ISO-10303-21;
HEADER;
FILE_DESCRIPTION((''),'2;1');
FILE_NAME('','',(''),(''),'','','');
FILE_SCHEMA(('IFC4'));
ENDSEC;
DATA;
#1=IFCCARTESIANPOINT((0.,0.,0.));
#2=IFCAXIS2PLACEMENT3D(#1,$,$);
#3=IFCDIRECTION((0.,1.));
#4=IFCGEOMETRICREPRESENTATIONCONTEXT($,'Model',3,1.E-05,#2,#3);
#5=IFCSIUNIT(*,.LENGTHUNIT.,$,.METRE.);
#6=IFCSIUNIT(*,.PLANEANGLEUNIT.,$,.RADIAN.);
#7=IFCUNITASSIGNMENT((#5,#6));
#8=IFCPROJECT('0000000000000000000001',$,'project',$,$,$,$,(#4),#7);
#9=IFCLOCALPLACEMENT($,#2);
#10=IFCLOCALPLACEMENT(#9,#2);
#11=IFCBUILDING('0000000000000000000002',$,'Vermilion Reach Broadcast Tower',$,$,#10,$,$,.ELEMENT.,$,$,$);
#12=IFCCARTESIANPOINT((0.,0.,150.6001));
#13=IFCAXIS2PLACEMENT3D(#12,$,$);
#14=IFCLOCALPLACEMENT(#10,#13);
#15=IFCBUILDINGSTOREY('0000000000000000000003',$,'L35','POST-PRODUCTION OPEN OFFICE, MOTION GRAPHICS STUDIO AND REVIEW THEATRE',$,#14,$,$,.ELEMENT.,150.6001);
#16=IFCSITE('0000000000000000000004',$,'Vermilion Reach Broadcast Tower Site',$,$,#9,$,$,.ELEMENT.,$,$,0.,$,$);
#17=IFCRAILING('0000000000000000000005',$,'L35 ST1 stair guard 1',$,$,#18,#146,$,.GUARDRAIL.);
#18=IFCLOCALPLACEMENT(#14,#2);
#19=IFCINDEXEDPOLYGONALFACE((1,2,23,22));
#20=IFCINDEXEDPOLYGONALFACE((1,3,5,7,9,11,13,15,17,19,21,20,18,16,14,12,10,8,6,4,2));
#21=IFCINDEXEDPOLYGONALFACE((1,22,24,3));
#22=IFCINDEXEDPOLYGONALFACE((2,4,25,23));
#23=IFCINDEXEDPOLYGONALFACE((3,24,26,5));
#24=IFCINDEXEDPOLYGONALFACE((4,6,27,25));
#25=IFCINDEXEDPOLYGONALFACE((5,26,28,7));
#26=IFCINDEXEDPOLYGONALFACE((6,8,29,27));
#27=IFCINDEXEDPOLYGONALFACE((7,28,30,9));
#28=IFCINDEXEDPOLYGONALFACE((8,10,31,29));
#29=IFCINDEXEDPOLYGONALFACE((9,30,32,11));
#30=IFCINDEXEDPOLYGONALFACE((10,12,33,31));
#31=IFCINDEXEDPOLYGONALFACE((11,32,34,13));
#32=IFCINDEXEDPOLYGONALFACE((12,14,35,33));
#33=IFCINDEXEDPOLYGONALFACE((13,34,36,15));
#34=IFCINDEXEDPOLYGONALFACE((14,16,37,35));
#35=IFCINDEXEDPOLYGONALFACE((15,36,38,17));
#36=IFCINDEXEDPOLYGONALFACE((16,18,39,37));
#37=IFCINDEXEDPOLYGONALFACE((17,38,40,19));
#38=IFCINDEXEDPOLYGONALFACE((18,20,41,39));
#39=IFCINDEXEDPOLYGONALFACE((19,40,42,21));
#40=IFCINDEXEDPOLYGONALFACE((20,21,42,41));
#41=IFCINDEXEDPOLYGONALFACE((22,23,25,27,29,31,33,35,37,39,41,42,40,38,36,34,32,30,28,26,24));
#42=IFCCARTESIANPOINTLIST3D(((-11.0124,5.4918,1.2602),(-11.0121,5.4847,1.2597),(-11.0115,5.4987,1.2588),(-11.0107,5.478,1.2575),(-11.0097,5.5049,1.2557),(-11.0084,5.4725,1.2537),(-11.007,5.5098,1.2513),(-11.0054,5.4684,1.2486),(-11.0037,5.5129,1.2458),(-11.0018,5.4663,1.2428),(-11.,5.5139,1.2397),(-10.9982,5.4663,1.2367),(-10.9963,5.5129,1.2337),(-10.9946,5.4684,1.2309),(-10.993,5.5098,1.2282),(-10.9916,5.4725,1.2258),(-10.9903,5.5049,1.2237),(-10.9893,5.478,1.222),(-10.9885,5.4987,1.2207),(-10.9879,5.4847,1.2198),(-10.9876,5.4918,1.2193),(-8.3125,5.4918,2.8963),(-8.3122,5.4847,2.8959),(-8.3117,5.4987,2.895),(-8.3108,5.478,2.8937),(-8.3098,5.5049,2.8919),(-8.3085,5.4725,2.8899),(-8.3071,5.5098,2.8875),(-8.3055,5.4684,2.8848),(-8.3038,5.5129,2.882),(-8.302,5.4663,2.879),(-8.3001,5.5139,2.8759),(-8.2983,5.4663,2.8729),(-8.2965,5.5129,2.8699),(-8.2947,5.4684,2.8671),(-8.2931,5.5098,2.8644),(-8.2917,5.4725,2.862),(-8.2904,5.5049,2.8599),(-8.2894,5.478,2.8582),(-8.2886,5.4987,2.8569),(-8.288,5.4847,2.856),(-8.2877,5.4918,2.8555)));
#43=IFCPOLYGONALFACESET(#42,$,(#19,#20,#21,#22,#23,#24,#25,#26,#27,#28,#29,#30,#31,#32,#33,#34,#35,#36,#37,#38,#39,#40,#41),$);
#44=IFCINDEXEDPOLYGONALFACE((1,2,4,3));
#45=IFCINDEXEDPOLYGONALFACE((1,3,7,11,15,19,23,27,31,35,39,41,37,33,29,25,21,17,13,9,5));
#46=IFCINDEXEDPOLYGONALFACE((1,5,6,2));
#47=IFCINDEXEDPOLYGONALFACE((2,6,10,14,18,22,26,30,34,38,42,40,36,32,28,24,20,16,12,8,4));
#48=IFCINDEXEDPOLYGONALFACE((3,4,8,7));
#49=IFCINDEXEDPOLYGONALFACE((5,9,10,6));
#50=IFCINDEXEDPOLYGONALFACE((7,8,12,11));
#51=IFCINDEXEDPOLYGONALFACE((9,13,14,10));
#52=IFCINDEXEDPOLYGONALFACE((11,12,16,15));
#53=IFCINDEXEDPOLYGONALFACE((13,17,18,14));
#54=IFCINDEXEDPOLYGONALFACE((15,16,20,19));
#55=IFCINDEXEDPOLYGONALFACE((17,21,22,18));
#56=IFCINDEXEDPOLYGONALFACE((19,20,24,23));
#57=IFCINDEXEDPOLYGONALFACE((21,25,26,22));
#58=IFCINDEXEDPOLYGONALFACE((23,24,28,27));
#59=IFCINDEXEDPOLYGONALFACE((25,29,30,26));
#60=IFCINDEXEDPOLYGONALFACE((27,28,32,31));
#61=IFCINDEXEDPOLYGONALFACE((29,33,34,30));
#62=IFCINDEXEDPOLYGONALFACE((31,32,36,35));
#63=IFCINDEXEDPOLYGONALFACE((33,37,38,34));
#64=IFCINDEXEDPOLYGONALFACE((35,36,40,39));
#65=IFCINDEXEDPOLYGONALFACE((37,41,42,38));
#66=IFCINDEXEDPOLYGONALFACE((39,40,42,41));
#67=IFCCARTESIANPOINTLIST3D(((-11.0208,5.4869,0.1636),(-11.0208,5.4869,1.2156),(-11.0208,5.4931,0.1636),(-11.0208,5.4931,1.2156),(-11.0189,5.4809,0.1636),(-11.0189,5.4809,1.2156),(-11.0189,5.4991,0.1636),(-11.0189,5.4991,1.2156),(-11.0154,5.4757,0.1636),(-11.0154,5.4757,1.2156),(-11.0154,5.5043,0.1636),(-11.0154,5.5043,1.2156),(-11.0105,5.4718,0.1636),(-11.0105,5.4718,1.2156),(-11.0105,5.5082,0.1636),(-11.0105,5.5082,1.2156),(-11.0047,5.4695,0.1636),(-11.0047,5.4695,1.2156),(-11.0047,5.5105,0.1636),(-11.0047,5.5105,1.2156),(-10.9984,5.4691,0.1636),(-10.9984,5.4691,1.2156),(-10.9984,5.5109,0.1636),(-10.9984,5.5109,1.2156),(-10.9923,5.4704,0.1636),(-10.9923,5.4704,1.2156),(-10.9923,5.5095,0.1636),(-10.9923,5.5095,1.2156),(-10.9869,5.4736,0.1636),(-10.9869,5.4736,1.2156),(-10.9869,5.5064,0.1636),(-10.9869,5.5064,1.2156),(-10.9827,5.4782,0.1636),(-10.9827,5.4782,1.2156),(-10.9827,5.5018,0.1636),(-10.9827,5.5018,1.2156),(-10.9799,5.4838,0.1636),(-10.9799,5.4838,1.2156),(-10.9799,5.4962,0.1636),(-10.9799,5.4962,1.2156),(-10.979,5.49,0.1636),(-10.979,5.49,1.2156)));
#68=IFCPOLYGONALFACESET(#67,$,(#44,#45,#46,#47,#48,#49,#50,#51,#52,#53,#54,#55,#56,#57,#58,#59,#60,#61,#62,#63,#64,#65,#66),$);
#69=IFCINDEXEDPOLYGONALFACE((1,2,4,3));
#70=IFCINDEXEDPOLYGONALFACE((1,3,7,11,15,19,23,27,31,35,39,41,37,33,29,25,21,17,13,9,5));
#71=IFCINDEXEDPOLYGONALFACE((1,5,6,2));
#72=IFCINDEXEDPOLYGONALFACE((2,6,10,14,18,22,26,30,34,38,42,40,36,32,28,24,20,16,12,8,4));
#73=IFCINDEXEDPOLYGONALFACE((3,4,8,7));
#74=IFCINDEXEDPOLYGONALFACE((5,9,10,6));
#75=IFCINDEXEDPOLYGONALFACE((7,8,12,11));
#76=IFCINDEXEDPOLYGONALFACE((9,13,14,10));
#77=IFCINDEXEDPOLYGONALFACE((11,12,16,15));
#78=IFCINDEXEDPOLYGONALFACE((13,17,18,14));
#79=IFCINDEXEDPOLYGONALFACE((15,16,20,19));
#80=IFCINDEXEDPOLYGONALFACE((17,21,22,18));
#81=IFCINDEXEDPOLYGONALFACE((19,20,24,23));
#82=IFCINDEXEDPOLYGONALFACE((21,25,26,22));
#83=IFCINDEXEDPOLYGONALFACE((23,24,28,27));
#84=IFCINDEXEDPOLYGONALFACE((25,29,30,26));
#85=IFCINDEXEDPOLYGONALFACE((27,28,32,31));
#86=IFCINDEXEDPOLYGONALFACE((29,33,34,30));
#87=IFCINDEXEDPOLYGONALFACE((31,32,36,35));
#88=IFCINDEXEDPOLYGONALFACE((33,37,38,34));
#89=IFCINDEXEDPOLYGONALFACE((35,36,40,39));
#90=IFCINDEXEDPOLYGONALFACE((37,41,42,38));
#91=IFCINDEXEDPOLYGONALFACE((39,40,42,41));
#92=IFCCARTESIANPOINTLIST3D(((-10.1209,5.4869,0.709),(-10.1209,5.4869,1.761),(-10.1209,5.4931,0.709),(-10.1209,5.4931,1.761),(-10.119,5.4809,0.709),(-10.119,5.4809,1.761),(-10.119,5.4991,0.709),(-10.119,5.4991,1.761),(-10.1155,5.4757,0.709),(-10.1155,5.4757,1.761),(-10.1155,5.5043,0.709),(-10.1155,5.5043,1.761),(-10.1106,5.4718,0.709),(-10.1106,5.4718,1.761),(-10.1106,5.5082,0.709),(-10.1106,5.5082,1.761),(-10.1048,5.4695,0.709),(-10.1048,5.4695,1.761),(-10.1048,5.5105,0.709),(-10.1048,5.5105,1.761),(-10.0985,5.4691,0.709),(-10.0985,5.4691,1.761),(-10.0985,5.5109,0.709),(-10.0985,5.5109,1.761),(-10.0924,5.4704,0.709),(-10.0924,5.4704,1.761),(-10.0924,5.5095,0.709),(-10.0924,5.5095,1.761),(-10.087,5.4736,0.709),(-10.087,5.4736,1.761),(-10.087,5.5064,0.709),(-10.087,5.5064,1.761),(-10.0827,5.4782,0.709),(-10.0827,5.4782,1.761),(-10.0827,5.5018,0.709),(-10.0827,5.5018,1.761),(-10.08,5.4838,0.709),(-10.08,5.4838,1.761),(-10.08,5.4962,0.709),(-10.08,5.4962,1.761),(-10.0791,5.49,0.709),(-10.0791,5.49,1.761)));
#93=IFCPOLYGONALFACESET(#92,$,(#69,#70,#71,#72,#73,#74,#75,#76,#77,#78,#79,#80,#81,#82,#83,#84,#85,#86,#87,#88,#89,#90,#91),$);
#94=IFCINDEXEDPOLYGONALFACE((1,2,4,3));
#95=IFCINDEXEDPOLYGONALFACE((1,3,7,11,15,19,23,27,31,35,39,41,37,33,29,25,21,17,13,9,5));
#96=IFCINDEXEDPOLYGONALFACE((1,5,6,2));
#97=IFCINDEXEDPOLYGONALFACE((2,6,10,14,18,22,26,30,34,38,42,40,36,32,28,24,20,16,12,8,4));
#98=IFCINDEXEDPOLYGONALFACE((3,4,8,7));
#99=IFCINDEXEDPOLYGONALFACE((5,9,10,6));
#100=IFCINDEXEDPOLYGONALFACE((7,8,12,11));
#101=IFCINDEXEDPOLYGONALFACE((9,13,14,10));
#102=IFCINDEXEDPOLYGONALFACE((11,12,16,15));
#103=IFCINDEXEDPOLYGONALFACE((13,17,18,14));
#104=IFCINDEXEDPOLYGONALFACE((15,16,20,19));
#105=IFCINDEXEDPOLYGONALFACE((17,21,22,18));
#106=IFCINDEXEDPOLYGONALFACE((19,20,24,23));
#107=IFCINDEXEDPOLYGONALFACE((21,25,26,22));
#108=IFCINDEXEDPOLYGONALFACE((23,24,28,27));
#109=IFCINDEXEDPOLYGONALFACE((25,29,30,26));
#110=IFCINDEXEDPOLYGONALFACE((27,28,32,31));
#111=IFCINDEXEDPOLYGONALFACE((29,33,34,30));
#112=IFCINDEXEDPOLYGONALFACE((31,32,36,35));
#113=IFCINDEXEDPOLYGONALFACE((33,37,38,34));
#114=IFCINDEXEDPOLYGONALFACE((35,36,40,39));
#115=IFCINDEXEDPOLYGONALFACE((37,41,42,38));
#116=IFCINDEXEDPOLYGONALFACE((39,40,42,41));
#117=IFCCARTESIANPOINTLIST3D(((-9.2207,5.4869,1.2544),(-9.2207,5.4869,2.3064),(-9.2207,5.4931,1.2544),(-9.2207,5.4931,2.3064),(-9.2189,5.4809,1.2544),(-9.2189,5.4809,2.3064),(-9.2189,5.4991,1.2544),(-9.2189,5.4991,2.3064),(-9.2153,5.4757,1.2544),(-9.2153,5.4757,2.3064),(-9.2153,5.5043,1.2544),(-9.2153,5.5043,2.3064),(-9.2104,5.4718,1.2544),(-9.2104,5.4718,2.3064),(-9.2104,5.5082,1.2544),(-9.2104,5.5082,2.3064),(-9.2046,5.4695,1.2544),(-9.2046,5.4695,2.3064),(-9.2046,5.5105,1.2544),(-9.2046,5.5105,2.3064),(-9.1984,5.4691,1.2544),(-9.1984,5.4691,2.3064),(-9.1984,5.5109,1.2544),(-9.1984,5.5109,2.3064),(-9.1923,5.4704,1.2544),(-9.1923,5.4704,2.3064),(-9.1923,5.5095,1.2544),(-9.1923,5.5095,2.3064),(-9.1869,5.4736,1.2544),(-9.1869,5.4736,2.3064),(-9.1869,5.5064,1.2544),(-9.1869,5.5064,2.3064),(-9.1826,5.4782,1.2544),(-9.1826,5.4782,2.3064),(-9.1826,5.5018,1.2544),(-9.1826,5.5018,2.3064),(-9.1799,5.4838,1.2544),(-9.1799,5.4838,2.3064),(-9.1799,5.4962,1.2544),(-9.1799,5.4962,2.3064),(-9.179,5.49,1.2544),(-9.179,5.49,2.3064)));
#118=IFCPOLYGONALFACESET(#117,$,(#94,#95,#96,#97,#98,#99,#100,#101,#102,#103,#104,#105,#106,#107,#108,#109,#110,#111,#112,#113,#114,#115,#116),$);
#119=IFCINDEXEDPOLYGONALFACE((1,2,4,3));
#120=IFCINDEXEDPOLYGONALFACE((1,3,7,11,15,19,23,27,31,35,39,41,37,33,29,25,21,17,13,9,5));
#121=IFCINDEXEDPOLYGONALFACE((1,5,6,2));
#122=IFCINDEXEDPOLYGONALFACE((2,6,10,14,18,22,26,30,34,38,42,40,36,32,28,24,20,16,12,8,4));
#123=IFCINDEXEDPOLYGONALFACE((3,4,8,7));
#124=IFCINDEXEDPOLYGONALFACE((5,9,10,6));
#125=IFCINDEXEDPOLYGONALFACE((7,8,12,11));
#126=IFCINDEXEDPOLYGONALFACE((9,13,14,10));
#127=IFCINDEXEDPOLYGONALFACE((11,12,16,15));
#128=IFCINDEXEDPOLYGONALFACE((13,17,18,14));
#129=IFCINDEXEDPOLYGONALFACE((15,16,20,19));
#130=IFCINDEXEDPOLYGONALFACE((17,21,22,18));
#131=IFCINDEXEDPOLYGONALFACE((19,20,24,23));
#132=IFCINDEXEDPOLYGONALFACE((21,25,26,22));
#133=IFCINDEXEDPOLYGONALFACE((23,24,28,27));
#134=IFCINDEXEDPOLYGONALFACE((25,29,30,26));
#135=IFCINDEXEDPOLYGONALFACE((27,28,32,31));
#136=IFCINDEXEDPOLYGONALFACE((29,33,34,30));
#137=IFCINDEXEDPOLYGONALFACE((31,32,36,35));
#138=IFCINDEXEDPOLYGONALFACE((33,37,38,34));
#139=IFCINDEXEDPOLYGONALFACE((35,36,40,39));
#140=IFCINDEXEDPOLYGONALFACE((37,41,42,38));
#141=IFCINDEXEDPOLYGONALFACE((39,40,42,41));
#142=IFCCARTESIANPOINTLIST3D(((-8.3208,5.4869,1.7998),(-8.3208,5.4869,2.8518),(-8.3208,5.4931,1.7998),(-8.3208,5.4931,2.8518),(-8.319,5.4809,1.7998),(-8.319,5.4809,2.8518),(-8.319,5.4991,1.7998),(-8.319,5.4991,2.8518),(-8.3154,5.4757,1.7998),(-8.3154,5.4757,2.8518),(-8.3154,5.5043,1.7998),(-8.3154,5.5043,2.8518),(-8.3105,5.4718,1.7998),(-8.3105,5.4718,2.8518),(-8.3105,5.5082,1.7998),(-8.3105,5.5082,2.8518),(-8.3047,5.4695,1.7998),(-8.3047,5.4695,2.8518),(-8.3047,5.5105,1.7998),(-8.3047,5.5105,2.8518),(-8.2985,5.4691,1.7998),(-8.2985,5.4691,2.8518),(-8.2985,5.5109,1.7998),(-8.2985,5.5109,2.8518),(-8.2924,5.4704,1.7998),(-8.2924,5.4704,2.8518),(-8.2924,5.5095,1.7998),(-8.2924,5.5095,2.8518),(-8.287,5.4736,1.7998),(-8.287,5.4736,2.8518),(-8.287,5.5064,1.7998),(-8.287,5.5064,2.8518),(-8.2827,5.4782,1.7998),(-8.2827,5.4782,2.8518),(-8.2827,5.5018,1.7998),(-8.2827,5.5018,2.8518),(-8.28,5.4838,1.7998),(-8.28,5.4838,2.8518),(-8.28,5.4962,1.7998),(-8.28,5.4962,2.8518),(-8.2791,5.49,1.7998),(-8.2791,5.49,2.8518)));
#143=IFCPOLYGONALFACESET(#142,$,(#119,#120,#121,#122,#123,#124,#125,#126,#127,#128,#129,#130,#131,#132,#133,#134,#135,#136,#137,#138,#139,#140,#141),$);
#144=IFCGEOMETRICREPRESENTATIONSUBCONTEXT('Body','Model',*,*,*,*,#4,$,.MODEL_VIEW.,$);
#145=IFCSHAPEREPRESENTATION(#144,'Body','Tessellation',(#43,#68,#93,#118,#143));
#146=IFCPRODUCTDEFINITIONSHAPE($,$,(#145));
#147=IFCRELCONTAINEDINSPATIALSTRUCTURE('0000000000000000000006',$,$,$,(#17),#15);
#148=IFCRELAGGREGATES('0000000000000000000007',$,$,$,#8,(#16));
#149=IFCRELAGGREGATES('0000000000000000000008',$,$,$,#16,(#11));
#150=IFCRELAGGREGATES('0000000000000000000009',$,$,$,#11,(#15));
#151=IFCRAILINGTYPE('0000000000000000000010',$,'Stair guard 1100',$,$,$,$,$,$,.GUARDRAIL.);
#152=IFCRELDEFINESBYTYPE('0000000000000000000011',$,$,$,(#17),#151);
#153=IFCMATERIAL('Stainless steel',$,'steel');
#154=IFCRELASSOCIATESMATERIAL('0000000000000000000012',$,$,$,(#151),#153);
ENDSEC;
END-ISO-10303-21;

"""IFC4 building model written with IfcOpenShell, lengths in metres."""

from ifc_helpers import new_model, si_unit, direction, frame, origin, origin_2d, place, context, subcontext, project, spatial, circle, extrude, material, type_object, element, save


model = new_model("IFC4")

# Units and contexts
model_context = context("Model", 3, precision=1e-05, world=origin(), true_north=direction((0.0, 1.0)))
body_context = subcontext(model_context, "Body", "Model", "MODEL_VIEW")
ifc_project = project(units=[si_unit("LENGTHUNIT", "METRE"), si_unit("PLANEANGLEUNIT", "RADIAN")], contexts=[model_context])

# Site, building, storey
site_placement = place(None, origin())
site = spatial("IfcSite", under=ifc_project, at=site_placement, Name="Vermilion Reach Broadcast Tower Site", CompositionType="ELEMENT", RefElevation=0.0)
building_placement = place(site_placement, origin())
building = spatial("IfcBuilding", under=site, at=building_placement, Name="Vermilion Reach Broadcast Tower", CompositionType="ELEMENT")
storey_placement = place(building_placement, frame((0.0, 0.0, 150.6001)))
storey = spatial("IfcBuildingStorey", under=building, at=storey_placement, Name="L35", Description="POST-PRODUCTION OPEN OFFICE, MOTION GRAPHICS STUDIO AND REVIEW THEATRE", CompositionType="ELEMENT", Elevation=150.6001)

# Railing
ifc_material_1 = material(Name="Stainless steel", Category="steel")
railing_type_1 = type_object("IfcRailingType", Name="Stair guard 1100", PredefinedType="GUARDRAIL", material=ifc_material_1)
railing_1_placement = place(storey_placement, frame((-11.0, 5.49, 0.1636)))
element("IfcRailing", 1, at=railing_1_placement, inside=storey, type_object=railing_type_1, Name="L35 ST1 stair guard 1", PredefinedType="GUARDRAIL", context=body_context, shape_type="SweptSolid", body=[
    extrude(circle(Radius=0.0239, at=origin_2d()), frame((0.0, 0.0, 1.0762), z_axis=(0.855212, 0.0, 0.518278), x_axis=(0.0, 1.0, 0.0)), (0.0, 0.0, 1.0), 3.157),
    extrude(circle(Radius=0.021, at=origin_2d()), origin(), (0.0, 0.0, 1.0), 1.052),
    extrude(circle(Radius=0.021, at=origin_2d()), frame((0.8999, 0.0, 0.5454)), (0.0, 0.0, 1.0), 1.052),
    extrude(circle(Radius=0.021, at=origin_2d()), frame((1.8, 0.0, 1.0908)), (0.0, 0.0, 1.0), 1.052),
    extrude(circle(Radius=0.021, at=origin_2d()), frame((2.7, 0.0, 1.6362)), (0.0, 0.0, 1.0), 1.052),
])

save(model, "model.ifc")
